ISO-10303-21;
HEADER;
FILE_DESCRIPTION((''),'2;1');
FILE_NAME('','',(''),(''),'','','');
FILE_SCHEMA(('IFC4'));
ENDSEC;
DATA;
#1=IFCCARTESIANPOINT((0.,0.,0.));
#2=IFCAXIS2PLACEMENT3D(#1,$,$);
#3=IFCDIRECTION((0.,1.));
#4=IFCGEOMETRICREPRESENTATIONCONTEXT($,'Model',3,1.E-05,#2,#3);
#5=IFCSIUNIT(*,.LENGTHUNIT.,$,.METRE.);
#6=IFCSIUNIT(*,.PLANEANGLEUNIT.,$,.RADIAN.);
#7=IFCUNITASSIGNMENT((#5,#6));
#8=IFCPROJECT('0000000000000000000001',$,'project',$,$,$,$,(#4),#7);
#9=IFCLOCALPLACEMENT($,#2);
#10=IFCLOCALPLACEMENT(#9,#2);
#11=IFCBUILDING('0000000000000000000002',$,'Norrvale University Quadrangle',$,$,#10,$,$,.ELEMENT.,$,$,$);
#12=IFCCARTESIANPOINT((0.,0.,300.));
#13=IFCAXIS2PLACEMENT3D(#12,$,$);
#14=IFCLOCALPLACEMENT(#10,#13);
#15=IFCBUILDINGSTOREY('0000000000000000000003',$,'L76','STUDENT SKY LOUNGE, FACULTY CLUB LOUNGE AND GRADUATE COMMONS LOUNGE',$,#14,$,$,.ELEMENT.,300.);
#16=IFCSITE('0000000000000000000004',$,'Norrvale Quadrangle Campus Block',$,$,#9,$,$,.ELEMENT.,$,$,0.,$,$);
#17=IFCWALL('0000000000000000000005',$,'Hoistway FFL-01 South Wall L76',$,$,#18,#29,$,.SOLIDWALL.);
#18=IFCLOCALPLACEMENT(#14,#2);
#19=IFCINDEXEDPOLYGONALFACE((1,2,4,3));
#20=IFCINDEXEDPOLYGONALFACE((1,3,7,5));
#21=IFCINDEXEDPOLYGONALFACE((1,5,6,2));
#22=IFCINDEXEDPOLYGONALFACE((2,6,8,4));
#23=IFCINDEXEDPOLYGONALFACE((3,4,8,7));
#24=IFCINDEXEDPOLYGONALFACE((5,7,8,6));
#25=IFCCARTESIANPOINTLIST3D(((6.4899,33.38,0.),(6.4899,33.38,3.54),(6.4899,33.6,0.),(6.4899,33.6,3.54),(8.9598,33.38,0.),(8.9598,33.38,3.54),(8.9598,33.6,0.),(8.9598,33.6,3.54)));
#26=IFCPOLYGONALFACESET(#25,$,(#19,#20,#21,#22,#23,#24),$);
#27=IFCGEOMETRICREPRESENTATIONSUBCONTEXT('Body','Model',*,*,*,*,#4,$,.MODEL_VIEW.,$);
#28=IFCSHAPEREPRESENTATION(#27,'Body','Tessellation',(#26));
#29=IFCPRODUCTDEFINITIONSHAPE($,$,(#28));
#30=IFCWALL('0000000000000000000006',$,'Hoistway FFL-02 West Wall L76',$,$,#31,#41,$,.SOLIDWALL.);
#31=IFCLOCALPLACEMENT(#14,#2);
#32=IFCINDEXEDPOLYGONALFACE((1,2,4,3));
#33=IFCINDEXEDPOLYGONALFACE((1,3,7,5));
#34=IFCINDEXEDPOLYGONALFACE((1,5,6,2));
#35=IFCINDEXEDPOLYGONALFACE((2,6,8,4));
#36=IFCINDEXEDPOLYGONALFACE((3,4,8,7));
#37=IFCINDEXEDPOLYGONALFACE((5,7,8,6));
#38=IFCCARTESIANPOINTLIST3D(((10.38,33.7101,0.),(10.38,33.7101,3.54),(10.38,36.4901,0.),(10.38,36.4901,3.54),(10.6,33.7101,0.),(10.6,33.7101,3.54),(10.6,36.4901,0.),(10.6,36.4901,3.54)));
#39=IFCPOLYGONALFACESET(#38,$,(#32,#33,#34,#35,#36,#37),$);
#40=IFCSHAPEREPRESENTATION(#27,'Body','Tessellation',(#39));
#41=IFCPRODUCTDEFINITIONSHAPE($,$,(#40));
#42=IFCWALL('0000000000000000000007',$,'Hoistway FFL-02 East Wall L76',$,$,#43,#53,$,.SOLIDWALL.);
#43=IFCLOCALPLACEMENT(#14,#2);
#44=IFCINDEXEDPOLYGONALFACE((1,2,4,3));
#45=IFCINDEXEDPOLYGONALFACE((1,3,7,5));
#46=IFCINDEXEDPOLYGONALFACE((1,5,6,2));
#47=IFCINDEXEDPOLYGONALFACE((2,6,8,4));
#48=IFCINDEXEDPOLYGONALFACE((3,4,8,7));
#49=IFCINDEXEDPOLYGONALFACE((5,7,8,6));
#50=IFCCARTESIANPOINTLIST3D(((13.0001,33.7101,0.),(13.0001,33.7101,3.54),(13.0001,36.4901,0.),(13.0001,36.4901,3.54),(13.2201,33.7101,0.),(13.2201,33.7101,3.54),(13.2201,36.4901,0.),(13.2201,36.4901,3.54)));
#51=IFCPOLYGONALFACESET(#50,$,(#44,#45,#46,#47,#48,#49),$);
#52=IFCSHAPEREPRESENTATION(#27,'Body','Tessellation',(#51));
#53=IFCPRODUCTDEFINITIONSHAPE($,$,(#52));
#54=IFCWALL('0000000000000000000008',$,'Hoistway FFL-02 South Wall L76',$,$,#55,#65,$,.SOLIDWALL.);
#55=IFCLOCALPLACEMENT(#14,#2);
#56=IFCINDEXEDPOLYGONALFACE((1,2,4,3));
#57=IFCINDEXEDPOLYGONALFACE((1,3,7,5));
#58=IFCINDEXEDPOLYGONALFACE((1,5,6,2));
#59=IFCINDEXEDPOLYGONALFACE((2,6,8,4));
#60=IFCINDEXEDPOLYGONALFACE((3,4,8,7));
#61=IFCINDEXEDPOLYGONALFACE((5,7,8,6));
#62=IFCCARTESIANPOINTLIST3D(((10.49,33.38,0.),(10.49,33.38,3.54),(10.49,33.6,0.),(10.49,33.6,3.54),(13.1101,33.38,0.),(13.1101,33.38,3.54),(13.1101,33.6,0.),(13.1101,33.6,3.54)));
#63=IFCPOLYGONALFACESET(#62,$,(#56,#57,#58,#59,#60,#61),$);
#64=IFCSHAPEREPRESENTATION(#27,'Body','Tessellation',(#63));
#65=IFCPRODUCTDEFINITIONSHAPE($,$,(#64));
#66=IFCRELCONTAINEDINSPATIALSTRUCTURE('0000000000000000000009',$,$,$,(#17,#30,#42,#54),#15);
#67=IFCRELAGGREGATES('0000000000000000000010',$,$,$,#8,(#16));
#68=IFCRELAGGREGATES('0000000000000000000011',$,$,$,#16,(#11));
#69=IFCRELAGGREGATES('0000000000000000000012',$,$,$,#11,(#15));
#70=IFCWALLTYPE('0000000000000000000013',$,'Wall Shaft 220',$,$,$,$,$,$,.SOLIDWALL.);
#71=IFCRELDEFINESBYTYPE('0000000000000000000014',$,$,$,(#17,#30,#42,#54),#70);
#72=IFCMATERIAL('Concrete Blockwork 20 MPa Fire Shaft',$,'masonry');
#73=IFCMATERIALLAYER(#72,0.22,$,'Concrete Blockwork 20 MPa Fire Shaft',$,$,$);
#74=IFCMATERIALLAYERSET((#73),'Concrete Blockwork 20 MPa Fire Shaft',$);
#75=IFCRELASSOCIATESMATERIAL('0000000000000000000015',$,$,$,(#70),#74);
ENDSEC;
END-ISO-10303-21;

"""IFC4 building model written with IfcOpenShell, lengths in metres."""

from ifc_helpers import new_model, si_unit, direction, frame, frame_2d, origin, place, context, subcontext, project, spatial, rectangle, extrude, material, layer, layer_set, type_object, element, save


model = new_model("IFC4")

# Units and contexts
model_context = context("Model", 3, precision=1e-05, world=origin(), true_north=direction((0.0, 1.0)))
body_context = subcontext(model_context, "Body", "Model", "MODEL_VIEW")
ifc_project = project(units=[si_unit("LENGTHUNIT", "METRE"), si_unit("PLANEANGLEUNIT", "RADIAN")], contexts=[model_context])

# Site, building, storey
site_placement = place(None, origin())
site = spatial("IfcSite", under=ifc_project, at=site_placement, Name="Norrvale Quadrangle Campus Block", CompositionType="ELEMENT", RefElevation=0.0)
building_placement = place(site_placement, origin())
building = spatial("IfcBuilding", under=site, at=building_placement, Name="Norrvale University Quadrangle", CompositionType="ELEMENT")
storey_placement = place(building_placement, frame((0.0, 0.0, 300.0)))
storey = spatial("IfcBuildingStorey", under=building, at=storey_placement, Name="L76", Description="STUDENT SKY LOUNGE, FACULTY CLUB LOUNGE AND GRADUATE COMMONS LOUNGE", CompositionType="ELEMENT", Elevation=300.0)

# Shared definitions
ifc_material_1 = material(Name="Concrete Blockwork 20 MPa Fire Shaft", Category="masonry")
ifc_layer_1 = layer(ifc_material_1, 0.22, Name="Concrete Blockwork 20 MPa Fire Shaft")
ifc_layer_set_1 = layer_set([ifc_layer_1], Name="Concrete Blockwork 20 MPa Fire Shaft")
wall_type_1 = type_object("IfcWallType", Name="Wall Shaft 220", PredefinedType="SOLIDWALL", material=ifc_layer_set_1)

# Walls
wall_1_placement = place(storey_placement, frame((6.49, 33.49, 0.0), z_axis=(0.0, 0.0, 1.0), x_axis=(1.0, 0.0, 0.0)))
element("IfcWall", 1, at=wall_1_placement, inside=storey, type_object=wall_type_1, Name="Hoistway FFL-01 South Wall L76", PredefinedType="SOLIDWALL", context=body_context, shape_type="SweptSolid", body=[
    extrude(rectangle(XDim=2.47, YDim=0.22, at=frame_2d((1.2349, 0.0))), origin(), (0.0, 0.0, 1.0), 3.54),
])
for number, where, z_axis, x_axis, name in (
    (2, (10.49, 33.71, 0.0), (0.0, 0.0, 1.0), (0.0, 1.0, 0.0), "Hoistway FFL-02 West Wall L76"),
    (3, (13.1101, 33.71, 0.0), (0.0, 0.0, 1.0), (0.0, 1.0, 0.0), "Hoistway FFL-02 East Wall L76"),
):
    element("IfcWall", number, at=place(storey_placement, frame(where, z_axis=z_axis, x_axis=x_axis)), inside=storey, type_object=wall_type_1, Name=name, PredefinedType="SOLIDWALL", context=body_context, shape_type="SweptSolid", body=[
        extrude(rectangle(XDim=2.78, YDim=0.22, at=frame_2d((1.3901, 0.0))), origin(), (0.0, 0.0, 1.0), 3.54),
    ])
wall_2_placement = place(storey_placement, frame((10.49, 33.49, 0.0), z_axis=(0.0, 0.0, 1.0), x_axis=(1.0, 0.0, 0.0)))
element("IfcWall", 4, at=wall_2_placement, inside=storey, type_object=wall_type_1, Name="Hoistway FFL-02 South Wall L76", PredefinedType="SOLIDWALL", context=body_context, shape_type="SweptSolid", body=[
    extrude(rectangle(XDim=2.6201, YDim=0.22, at=frame_2d((1.3101, 0.0))), origin(), (0.0, 0.0, 1.0), 3.54),
])

save(model, "model.ifc")
